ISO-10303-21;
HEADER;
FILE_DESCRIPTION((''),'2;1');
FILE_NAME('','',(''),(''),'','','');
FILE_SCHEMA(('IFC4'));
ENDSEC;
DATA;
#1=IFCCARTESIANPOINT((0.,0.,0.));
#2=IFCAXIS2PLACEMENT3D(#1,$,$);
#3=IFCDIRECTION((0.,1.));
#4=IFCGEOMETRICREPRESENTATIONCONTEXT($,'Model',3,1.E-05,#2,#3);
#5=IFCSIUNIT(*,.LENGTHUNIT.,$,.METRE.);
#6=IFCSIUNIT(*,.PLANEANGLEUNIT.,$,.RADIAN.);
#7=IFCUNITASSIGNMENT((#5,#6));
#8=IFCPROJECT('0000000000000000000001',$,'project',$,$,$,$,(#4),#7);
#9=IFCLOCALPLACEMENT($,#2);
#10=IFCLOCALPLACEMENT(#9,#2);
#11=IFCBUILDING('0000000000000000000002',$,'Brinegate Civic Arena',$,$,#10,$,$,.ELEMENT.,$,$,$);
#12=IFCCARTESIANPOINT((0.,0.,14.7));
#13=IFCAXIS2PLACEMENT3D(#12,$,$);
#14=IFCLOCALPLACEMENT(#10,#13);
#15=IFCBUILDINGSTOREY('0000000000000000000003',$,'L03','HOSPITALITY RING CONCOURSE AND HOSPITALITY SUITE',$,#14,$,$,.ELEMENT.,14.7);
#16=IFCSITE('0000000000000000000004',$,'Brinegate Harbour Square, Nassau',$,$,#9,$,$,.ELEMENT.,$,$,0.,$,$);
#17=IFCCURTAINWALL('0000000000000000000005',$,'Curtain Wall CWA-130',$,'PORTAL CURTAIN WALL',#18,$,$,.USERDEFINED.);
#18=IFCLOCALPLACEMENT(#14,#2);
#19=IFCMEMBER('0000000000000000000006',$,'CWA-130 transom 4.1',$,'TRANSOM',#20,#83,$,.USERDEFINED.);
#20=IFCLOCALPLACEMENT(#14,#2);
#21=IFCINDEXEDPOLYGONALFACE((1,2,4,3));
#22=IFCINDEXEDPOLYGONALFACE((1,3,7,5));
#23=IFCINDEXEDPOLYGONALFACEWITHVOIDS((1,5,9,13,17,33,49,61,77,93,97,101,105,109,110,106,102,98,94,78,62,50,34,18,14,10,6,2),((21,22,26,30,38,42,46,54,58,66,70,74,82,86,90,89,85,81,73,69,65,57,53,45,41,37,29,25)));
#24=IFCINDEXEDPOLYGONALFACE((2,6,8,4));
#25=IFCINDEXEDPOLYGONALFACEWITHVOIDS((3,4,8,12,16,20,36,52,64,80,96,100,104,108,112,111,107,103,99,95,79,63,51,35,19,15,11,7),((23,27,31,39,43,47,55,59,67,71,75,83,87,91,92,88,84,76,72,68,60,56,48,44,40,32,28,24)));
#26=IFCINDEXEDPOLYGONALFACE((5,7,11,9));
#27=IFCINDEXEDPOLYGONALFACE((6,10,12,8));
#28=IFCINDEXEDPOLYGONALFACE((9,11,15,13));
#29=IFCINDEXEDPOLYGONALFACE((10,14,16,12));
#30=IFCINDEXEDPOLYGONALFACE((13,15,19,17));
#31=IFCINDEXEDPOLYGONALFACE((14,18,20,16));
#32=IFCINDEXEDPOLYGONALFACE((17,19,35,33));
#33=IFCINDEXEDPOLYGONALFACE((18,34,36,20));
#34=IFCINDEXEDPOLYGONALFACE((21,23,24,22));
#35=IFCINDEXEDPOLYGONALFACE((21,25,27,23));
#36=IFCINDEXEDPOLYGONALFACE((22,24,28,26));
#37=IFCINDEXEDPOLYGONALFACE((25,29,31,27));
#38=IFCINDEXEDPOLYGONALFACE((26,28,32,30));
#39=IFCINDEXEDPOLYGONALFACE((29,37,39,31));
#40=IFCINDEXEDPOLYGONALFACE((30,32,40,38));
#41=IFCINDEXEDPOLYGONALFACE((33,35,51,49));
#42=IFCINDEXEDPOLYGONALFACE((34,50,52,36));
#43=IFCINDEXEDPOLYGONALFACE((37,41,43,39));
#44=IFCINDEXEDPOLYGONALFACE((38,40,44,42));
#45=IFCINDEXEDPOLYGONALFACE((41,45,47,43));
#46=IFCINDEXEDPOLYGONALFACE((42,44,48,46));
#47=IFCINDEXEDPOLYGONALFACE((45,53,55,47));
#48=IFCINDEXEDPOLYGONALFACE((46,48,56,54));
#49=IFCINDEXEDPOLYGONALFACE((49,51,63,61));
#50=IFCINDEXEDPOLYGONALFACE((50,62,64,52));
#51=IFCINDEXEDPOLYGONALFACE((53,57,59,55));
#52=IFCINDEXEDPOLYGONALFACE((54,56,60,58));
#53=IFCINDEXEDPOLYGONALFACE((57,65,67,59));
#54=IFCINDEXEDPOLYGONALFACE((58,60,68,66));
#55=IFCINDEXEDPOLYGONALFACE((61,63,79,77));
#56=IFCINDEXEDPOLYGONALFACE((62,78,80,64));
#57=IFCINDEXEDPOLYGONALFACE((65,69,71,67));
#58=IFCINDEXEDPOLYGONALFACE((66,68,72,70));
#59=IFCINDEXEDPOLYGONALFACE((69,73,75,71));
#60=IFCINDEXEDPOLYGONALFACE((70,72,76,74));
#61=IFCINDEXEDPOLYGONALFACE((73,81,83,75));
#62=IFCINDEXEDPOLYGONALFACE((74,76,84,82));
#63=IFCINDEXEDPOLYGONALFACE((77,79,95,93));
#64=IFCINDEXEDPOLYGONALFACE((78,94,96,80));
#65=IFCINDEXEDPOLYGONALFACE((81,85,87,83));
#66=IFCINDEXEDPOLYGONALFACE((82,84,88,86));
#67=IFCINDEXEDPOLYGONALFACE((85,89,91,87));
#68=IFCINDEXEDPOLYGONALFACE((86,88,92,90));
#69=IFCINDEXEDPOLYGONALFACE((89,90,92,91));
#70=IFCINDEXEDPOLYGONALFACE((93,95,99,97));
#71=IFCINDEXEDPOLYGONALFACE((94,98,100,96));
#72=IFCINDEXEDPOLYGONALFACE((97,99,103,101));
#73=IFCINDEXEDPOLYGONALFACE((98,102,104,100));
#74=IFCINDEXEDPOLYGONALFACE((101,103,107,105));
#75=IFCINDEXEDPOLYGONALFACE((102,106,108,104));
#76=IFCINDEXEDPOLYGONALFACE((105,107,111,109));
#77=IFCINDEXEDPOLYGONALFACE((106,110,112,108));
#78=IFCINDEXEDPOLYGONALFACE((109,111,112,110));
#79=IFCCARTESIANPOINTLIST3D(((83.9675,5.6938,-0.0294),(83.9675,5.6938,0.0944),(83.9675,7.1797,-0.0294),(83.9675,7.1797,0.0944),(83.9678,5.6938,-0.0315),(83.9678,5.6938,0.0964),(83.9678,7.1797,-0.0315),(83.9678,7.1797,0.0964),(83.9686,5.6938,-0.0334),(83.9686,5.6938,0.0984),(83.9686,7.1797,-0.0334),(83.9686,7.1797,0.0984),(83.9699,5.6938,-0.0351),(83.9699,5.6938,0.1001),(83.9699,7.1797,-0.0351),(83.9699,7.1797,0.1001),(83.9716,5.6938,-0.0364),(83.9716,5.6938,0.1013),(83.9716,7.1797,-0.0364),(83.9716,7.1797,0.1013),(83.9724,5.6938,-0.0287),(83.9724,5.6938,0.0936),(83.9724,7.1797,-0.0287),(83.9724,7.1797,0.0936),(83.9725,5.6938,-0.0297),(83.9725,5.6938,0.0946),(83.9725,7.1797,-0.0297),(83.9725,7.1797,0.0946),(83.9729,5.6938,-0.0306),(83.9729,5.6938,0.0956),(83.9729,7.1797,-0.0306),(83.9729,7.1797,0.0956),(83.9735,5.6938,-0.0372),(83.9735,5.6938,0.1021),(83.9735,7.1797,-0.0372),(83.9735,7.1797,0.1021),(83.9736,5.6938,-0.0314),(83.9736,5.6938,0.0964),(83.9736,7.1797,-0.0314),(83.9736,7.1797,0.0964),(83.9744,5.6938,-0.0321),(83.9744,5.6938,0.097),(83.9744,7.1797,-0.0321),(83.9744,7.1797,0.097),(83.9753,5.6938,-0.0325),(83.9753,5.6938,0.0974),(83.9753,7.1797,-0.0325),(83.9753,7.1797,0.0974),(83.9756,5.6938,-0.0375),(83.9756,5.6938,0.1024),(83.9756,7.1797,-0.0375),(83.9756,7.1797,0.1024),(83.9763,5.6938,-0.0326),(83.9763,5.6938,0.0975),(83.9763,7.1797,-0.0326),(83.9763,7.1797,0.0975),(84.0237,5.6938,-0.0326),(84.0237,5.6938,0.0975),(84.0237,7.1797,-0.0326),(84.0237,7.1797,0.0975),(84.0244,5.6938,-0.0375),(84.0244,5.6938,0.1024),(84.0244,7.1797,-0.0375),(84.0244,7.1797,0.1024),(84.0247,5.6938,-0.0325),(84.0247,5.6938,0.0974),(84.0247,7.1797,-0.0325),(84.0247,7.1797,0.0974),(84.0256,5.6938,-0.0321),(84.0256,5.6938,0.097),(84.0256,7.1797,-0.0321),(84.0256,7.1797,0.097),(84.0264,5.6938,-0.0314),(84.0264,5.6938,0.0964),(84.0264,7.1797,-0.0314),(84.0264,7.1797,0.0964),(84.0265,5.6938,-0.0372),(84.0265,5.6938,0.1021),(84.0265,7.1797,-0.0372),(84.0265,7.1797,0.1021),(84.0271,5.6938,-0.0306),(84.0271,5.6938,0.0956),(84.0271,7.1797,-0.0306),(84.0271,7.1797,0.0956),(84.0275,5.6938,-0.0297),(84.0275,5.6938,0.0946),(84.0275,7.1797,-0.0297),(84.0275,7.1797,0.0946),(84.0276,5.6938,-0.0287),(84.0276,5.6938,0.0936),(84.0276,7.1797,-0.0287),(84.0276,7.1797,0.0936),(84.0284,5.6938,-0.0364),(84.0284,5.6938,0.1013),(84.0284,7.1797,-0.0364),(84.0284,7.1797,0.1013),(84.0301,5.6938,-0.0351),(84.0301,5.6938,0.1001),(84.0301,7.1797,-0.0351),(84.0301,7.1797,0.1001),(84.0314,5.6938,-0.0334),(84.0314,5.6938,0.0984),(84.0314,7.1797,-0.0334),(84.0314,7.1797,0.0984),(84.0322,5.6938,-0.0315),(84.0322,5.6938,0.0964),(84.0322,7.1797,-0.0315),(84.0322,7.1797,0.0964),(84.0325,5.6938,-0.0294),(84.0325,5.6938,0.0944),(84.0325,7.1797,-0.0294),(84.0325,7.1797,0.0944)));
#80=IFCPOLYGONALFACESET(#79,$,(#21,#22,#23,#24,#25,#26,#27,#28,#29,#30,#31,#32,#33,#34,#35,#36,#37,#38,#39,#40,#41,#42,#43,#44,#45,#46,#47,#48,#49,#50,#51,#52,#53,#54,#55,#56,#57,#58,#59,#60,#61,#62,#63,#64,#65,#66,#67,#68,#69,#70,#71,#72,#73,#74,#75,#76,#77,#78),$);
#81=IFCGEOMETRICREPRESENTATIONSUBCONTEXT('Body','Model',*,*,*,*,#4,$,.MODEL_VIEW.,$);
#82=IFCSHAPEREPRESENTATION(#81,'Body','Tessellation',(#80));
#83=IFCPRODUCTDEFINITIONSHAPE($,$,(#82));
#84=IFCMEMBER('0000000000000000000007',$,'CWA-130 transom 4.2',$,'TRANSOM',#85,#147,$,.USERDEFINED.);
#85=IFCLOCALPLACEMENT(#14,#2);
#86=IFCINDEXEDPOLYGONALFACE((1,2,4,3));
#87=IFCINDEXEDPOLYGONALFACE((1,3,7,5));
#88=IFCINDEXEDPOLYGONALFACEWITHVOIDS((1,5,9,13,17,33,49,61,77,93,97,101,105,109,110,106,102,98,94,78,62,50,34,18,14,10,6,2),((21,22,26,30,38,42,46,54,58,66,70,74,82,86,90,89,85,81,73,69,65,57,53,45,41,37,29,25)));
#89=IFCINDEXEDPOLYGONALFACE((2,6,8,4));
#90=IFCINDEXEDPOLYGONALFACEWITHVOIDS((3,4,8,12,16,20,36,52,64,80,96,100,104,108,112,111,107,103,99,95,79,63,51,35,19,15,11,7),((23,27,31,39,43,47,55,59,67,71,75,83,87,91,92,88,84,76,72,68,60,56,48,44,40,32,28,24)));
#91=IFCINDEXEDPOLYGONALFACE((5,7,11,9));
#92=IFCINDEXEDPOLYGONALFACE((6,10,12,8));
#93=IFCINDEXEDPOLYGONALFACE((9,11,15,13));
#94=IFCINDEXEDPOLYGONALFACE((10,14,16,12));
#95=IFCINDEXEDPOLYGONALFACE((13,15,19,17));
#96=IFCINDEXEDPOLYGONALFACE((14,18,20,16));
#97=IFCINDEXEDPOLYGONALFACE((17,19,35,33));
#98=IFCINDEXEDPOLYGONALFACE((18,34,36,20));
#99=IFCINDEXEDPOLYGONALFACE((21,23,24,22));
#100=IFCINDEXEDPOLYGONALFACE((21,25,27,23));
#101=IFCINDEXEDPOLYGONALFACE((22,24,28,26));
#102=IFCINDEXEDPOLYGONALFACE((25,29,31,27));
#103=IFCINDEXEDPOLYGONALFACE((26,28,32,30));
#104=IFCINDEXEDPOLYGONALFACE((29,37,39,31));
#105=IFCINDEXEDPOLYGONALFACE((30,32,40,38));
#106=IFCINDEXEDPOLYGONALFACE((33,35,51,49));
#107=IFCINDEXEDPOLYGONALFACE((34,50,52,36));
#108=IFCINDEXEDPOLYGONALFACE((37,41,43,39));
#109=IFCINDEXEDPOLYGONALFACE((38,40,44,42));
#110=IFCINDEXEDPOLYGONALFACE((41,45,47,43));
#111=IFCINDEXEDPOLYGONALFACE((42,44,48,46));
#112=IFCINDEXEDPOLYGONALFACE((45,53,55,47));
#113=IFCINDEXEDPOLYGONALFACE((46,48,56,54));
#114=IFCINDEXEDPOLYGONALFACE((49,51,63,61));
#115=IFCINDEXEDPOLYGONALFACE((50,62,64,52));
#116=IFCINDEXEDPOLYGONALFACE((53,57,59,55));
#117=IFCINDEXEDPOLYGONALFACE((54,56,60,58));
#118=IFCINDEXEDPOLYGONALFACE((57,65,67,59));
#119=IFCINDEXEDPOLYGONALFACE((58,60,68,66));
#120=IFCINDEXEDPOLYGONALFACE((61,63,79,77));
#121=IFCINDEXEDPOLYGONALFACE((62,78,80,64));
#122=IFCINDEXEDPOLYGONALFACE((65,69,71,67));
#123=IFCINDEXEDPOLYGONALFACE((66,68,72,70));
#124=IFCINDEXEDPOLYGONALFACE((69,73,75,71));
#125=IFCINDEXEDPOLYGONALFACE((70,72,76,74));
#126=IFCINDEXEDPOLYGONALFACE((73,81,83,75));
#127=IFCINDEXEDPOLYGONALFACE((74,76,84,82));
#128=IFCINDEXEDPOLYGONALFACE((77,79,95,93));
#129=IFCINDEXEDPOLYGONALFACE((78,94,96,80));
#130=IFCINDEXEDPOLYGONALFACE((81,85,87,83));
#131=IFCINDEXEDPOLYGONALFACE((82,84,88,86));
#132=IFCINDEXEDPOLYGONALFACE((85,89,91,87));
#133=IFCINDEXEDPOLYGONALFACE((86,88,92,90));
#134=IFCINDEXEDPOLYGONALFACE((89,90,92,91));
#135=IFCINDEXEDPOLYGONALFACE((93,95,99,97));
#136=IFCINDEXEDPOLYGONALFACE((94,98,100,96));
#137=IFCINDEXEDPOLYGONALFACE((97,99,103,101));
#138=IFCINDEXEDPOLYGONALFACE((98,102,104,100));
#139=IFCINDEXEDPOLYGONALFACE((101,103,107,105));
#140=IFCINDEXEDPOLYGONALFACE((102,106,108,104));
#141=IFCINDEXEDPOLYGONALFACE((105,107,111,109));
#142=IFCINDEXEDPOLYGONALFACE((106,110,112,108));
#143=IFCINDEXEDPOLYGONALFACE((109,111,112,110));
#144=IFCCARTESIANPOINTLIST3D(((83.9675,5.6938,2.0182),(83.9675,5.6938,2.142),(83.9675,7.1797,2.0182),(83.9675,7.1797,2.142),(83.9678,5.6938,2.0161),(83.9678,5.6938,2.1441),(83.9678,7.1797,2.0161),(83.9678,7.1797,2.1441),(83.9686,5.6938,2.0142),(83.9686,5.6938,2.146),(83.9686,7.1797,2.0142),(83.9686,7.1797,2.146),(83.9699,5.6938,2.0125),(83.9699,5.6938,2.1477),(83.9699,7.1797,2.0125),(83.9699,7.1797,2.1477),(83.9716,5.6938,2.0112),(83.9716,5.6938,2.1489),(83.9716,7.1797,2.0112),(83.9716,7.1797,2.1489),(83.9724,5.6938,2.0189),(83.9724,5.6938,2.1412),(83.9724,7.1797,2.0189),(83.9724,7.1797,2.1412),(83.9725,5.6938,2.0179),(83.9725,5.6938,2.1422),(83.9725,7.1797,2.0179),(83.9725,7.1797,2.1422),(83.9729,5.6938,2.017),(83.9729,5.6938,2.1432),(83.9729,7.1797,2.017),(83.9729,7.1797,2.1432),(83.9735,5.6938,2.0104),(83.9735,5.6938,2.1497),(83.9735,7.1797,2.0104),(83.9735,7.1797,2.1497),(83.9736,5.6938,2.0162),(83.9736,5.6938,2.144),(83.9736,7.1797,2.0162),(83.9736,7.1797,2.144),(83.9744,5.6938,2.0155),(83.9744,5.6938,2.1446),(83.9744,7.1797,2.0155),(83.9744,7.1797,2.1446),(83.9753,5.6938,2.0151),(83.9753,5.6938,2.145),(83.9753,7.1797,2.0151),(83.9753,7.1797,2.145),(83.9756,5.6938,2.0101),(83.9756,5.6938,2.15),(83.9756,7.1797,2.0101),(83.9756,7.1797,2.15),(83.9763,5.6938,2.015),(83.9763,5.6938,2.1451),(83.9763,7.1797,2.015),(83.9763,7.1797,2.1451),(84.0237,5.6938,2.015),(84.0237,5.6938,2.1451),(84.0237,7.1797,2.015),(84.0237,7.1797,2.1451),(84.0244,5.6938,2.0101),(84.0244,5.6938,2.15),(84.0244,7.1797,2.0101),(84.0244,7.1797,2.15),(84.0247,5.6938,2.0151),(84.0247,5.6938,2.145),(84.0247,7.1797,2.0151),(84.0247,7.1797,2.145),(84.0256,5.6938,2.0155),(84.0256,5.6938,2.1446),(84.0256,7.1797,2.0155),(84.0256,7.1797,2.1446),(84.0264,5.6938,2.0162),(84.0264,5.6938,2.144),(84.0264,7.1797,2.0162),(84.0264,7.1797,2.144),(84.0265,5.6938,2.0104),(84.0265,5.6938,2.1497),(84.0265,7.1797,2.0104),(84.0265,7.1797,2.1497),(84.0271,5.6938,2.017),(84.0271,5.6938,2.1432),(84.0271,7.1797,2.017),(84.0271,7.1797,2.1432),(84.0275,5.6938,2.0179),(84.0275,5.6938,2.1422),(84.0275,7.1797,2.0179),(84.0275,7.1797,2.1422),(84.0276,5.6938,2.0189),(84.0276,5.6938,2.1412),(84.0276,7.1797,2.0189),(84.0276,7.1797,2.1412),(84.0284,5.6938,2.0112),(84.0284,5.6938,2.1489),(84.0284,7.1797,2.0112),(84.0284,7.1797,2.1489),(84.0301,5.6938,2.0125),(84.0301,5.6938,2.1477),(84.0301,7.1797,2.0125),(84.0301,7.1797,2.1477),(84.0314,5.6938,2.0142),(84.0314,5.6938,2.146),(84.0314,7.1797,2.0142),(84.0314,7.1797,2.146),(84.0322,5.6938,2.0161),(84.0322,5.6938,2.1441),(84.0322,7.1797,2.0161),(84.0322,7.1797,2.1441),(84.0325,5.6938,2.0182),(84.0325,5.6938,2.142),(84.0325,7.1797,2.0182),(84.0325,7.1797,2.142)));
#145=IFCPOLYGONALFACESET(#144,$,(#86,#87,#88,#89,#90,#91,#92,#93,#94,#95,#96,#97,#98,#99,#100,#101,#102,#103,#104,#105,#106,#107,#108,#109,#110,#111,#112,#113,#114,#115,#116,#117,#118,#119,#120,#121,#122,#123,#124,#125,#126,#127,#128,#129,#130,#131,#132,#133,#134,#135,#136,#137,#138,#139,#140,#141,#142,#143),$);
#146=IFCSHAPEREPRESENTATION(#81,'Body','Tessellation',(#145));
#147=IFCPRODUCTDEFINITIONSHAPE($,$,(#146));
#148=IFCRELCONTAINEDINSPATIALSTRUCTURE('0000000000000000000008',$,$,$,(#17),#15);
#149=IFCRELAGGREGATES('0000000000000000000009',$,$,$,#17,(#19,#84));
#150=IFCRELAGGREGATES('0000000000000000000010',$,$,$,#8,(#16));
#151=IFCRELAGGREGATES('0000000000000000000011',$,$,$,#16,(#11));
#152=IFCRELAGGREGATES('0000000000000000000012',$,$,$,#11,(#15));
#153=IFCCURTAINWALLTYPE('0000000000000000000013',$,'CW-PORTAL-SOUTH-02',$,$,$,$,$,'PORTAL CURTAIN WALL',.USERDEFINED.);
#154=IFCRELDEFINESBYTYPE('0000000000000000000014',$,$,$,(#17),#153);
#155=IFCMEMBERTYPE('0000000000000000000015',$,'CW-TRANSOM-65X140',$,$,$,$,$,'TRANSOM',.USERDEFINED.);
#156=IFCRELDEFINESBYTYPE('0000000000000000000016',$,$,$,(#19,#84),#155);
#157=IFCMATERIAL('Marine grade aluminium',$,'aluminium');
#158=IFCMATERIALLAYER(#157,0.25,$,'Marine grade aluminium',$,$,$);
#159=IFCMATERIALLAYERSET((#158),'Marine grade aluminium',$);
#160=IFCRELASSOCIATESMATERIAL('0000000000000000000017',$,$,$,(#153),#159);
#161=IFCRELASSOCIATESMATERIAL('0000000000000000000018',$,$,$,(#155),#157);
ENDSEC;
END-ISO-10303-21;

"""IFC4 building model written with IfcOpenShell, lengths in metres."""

from ifc_helpers import new_model, si_unit, direction, frame, origin, origin_2d, place, context, subcontext, project, spatial, hollow_rectangle, extrude, material, layer, layer_set, material_profile, profile_set, type_object, element, aggregate, save


model = new_model("IFC4")

# Units and contexts
model_context = context("Model", 3, precision=1e-05, world=origin(), true_north=direction((0.0, 1.0)))
body_context = subcontext(model_context, "Body", "Model", "MODEL_VIEW")
ifc_project = project(units=[si_unit("LENGTHUNIT", "METRE"), si_unit("PLANEANGLEUNIT", "RADIAN")], contexts=[model_context])

# Site, building, storey
site_placement = place(None, origin())
site = spatial("IfcSite", under=ifc_project, at=site_placement, Name="Brinegate Harbour Square, Nassau", CompositionType="ELEMENT", RefElevation=0.0)
building_placement = place(site_placement, origin())
building = spatial("IfcBuilding", under=site, at=building_placement, Name="Brinegate Civic Arena", CompositionType="ELEMENT")
storey_placement = place(building_placement, frame((0.0, 0.0, 14.7)))
storey = spatial("IfcBuildingStorey", under=building, at=storey_placement, Name="L03", Description="HOSPITALITY RING CONCOURSE AND HOSPITALITY SUITE", CompositionType="ELEMENT", Elevation=14.7)

# Shared definitions
ifc_material_1 = material(Name="Marine grade aluminium", Category="aluminium")
ifc_layer_1 = layer(ifc_material_1, 0.25, Name="Marine grade aluminium")
ifc_layer_set_1 = layer_set([ifc_layer_1], Name="Marine grade aluminium")
curtain_wall_type = type_object("IfcCurtainWallType", Name="CW-PORTAL-SOUTH-02", ElementType="PORTAL CURTAIN WALL", PredefinedType="USERDEFINED", material=ifc_layer_set_1)

# Curtain wall
curtain_wall_1_placement = place(storey_placement, origin())
curtain_wall_1 = element("IfcCurtainWall", 1, at=curtain_wall_1_placement, inside=storey, type_object=curtain_wall_type, Name="Curtain Wall CWA-130", ObjectType="PORTAL CURTAIN WALL", PredefinedType="USERDEFINED")

# Members
ifc_material_profile_1 = material_profile(ifc_material_1, hollow_rectangle(XDim=0.0649, YDim=0.1399, WallThickness=0.0049, InnerFilletRadius=0.0039, OuterFilletRadius=0.0081, at=origin_2d()), Name="TRN65X140")
ifc_profile_set_1 = profile_set([ifc_material_profile_1], Name="Marine grade aluminium")
member_type_1 = type_object("IfcMemberType", Name="CW-TRANSOM-65X140", ElementType="TRANSOM", PredefinedType="USERDEFINED", material=ifc_profile_set_1)
member_1_placement = place(storey_placement, frame((84.0, 5.6938, 0.0325), z_axis=(0.0, 1.0, 0.0), x_axis=(-1.0, 0.0, 0.0)))
member_1 = element("IfcMember", 2, at=member_1_placement, type_object=member_type_1, Name="CWA-130 transom 4.1", ObjectType="TRANSOM", PredefinedType="USERDEFINED", context=body_context, shape_type="SweptSolid", body=[
    extrude(hollow_rectangle(XDim=0.0649, YDim=0.1399, WallThickness=0.0049, InnerFilletRadius=0.0039, OuterFilletRadius=0.0081, at=origin_2d()), origin(), (0.0, 0.0, 1.0), 1.4858),
])
member_2_placement = place(storey_placement, frame((84.0, 5.6938, 2.0801), z_axis=(0.0, 1.0, 0.0), x_axis=(-1.0, 0.0, 0.0)))
member_2 = element("IfcMember", 3, at=member_2_placement, type_object=member_type_1, Name="CWA-130 transom 4.2", ObjectType="TRANSOM", PredefinedType="USERDEFINED", context=body_context, shape_type="SweptSolid", body=[
    extrude(hollow_rectangle(XDim=0.0649, YDim=0.1399, WallThickness=0.0049, InnerFilletRadius=0.0039, OuterFilletRadius=0.0081, at=origin_2d()), origin(), (0.0, 0.0, 1.0), 1.4858),
])

aggregate(curtain_wall_1, [member_1, member_2])

save(model, "model.ifc")
